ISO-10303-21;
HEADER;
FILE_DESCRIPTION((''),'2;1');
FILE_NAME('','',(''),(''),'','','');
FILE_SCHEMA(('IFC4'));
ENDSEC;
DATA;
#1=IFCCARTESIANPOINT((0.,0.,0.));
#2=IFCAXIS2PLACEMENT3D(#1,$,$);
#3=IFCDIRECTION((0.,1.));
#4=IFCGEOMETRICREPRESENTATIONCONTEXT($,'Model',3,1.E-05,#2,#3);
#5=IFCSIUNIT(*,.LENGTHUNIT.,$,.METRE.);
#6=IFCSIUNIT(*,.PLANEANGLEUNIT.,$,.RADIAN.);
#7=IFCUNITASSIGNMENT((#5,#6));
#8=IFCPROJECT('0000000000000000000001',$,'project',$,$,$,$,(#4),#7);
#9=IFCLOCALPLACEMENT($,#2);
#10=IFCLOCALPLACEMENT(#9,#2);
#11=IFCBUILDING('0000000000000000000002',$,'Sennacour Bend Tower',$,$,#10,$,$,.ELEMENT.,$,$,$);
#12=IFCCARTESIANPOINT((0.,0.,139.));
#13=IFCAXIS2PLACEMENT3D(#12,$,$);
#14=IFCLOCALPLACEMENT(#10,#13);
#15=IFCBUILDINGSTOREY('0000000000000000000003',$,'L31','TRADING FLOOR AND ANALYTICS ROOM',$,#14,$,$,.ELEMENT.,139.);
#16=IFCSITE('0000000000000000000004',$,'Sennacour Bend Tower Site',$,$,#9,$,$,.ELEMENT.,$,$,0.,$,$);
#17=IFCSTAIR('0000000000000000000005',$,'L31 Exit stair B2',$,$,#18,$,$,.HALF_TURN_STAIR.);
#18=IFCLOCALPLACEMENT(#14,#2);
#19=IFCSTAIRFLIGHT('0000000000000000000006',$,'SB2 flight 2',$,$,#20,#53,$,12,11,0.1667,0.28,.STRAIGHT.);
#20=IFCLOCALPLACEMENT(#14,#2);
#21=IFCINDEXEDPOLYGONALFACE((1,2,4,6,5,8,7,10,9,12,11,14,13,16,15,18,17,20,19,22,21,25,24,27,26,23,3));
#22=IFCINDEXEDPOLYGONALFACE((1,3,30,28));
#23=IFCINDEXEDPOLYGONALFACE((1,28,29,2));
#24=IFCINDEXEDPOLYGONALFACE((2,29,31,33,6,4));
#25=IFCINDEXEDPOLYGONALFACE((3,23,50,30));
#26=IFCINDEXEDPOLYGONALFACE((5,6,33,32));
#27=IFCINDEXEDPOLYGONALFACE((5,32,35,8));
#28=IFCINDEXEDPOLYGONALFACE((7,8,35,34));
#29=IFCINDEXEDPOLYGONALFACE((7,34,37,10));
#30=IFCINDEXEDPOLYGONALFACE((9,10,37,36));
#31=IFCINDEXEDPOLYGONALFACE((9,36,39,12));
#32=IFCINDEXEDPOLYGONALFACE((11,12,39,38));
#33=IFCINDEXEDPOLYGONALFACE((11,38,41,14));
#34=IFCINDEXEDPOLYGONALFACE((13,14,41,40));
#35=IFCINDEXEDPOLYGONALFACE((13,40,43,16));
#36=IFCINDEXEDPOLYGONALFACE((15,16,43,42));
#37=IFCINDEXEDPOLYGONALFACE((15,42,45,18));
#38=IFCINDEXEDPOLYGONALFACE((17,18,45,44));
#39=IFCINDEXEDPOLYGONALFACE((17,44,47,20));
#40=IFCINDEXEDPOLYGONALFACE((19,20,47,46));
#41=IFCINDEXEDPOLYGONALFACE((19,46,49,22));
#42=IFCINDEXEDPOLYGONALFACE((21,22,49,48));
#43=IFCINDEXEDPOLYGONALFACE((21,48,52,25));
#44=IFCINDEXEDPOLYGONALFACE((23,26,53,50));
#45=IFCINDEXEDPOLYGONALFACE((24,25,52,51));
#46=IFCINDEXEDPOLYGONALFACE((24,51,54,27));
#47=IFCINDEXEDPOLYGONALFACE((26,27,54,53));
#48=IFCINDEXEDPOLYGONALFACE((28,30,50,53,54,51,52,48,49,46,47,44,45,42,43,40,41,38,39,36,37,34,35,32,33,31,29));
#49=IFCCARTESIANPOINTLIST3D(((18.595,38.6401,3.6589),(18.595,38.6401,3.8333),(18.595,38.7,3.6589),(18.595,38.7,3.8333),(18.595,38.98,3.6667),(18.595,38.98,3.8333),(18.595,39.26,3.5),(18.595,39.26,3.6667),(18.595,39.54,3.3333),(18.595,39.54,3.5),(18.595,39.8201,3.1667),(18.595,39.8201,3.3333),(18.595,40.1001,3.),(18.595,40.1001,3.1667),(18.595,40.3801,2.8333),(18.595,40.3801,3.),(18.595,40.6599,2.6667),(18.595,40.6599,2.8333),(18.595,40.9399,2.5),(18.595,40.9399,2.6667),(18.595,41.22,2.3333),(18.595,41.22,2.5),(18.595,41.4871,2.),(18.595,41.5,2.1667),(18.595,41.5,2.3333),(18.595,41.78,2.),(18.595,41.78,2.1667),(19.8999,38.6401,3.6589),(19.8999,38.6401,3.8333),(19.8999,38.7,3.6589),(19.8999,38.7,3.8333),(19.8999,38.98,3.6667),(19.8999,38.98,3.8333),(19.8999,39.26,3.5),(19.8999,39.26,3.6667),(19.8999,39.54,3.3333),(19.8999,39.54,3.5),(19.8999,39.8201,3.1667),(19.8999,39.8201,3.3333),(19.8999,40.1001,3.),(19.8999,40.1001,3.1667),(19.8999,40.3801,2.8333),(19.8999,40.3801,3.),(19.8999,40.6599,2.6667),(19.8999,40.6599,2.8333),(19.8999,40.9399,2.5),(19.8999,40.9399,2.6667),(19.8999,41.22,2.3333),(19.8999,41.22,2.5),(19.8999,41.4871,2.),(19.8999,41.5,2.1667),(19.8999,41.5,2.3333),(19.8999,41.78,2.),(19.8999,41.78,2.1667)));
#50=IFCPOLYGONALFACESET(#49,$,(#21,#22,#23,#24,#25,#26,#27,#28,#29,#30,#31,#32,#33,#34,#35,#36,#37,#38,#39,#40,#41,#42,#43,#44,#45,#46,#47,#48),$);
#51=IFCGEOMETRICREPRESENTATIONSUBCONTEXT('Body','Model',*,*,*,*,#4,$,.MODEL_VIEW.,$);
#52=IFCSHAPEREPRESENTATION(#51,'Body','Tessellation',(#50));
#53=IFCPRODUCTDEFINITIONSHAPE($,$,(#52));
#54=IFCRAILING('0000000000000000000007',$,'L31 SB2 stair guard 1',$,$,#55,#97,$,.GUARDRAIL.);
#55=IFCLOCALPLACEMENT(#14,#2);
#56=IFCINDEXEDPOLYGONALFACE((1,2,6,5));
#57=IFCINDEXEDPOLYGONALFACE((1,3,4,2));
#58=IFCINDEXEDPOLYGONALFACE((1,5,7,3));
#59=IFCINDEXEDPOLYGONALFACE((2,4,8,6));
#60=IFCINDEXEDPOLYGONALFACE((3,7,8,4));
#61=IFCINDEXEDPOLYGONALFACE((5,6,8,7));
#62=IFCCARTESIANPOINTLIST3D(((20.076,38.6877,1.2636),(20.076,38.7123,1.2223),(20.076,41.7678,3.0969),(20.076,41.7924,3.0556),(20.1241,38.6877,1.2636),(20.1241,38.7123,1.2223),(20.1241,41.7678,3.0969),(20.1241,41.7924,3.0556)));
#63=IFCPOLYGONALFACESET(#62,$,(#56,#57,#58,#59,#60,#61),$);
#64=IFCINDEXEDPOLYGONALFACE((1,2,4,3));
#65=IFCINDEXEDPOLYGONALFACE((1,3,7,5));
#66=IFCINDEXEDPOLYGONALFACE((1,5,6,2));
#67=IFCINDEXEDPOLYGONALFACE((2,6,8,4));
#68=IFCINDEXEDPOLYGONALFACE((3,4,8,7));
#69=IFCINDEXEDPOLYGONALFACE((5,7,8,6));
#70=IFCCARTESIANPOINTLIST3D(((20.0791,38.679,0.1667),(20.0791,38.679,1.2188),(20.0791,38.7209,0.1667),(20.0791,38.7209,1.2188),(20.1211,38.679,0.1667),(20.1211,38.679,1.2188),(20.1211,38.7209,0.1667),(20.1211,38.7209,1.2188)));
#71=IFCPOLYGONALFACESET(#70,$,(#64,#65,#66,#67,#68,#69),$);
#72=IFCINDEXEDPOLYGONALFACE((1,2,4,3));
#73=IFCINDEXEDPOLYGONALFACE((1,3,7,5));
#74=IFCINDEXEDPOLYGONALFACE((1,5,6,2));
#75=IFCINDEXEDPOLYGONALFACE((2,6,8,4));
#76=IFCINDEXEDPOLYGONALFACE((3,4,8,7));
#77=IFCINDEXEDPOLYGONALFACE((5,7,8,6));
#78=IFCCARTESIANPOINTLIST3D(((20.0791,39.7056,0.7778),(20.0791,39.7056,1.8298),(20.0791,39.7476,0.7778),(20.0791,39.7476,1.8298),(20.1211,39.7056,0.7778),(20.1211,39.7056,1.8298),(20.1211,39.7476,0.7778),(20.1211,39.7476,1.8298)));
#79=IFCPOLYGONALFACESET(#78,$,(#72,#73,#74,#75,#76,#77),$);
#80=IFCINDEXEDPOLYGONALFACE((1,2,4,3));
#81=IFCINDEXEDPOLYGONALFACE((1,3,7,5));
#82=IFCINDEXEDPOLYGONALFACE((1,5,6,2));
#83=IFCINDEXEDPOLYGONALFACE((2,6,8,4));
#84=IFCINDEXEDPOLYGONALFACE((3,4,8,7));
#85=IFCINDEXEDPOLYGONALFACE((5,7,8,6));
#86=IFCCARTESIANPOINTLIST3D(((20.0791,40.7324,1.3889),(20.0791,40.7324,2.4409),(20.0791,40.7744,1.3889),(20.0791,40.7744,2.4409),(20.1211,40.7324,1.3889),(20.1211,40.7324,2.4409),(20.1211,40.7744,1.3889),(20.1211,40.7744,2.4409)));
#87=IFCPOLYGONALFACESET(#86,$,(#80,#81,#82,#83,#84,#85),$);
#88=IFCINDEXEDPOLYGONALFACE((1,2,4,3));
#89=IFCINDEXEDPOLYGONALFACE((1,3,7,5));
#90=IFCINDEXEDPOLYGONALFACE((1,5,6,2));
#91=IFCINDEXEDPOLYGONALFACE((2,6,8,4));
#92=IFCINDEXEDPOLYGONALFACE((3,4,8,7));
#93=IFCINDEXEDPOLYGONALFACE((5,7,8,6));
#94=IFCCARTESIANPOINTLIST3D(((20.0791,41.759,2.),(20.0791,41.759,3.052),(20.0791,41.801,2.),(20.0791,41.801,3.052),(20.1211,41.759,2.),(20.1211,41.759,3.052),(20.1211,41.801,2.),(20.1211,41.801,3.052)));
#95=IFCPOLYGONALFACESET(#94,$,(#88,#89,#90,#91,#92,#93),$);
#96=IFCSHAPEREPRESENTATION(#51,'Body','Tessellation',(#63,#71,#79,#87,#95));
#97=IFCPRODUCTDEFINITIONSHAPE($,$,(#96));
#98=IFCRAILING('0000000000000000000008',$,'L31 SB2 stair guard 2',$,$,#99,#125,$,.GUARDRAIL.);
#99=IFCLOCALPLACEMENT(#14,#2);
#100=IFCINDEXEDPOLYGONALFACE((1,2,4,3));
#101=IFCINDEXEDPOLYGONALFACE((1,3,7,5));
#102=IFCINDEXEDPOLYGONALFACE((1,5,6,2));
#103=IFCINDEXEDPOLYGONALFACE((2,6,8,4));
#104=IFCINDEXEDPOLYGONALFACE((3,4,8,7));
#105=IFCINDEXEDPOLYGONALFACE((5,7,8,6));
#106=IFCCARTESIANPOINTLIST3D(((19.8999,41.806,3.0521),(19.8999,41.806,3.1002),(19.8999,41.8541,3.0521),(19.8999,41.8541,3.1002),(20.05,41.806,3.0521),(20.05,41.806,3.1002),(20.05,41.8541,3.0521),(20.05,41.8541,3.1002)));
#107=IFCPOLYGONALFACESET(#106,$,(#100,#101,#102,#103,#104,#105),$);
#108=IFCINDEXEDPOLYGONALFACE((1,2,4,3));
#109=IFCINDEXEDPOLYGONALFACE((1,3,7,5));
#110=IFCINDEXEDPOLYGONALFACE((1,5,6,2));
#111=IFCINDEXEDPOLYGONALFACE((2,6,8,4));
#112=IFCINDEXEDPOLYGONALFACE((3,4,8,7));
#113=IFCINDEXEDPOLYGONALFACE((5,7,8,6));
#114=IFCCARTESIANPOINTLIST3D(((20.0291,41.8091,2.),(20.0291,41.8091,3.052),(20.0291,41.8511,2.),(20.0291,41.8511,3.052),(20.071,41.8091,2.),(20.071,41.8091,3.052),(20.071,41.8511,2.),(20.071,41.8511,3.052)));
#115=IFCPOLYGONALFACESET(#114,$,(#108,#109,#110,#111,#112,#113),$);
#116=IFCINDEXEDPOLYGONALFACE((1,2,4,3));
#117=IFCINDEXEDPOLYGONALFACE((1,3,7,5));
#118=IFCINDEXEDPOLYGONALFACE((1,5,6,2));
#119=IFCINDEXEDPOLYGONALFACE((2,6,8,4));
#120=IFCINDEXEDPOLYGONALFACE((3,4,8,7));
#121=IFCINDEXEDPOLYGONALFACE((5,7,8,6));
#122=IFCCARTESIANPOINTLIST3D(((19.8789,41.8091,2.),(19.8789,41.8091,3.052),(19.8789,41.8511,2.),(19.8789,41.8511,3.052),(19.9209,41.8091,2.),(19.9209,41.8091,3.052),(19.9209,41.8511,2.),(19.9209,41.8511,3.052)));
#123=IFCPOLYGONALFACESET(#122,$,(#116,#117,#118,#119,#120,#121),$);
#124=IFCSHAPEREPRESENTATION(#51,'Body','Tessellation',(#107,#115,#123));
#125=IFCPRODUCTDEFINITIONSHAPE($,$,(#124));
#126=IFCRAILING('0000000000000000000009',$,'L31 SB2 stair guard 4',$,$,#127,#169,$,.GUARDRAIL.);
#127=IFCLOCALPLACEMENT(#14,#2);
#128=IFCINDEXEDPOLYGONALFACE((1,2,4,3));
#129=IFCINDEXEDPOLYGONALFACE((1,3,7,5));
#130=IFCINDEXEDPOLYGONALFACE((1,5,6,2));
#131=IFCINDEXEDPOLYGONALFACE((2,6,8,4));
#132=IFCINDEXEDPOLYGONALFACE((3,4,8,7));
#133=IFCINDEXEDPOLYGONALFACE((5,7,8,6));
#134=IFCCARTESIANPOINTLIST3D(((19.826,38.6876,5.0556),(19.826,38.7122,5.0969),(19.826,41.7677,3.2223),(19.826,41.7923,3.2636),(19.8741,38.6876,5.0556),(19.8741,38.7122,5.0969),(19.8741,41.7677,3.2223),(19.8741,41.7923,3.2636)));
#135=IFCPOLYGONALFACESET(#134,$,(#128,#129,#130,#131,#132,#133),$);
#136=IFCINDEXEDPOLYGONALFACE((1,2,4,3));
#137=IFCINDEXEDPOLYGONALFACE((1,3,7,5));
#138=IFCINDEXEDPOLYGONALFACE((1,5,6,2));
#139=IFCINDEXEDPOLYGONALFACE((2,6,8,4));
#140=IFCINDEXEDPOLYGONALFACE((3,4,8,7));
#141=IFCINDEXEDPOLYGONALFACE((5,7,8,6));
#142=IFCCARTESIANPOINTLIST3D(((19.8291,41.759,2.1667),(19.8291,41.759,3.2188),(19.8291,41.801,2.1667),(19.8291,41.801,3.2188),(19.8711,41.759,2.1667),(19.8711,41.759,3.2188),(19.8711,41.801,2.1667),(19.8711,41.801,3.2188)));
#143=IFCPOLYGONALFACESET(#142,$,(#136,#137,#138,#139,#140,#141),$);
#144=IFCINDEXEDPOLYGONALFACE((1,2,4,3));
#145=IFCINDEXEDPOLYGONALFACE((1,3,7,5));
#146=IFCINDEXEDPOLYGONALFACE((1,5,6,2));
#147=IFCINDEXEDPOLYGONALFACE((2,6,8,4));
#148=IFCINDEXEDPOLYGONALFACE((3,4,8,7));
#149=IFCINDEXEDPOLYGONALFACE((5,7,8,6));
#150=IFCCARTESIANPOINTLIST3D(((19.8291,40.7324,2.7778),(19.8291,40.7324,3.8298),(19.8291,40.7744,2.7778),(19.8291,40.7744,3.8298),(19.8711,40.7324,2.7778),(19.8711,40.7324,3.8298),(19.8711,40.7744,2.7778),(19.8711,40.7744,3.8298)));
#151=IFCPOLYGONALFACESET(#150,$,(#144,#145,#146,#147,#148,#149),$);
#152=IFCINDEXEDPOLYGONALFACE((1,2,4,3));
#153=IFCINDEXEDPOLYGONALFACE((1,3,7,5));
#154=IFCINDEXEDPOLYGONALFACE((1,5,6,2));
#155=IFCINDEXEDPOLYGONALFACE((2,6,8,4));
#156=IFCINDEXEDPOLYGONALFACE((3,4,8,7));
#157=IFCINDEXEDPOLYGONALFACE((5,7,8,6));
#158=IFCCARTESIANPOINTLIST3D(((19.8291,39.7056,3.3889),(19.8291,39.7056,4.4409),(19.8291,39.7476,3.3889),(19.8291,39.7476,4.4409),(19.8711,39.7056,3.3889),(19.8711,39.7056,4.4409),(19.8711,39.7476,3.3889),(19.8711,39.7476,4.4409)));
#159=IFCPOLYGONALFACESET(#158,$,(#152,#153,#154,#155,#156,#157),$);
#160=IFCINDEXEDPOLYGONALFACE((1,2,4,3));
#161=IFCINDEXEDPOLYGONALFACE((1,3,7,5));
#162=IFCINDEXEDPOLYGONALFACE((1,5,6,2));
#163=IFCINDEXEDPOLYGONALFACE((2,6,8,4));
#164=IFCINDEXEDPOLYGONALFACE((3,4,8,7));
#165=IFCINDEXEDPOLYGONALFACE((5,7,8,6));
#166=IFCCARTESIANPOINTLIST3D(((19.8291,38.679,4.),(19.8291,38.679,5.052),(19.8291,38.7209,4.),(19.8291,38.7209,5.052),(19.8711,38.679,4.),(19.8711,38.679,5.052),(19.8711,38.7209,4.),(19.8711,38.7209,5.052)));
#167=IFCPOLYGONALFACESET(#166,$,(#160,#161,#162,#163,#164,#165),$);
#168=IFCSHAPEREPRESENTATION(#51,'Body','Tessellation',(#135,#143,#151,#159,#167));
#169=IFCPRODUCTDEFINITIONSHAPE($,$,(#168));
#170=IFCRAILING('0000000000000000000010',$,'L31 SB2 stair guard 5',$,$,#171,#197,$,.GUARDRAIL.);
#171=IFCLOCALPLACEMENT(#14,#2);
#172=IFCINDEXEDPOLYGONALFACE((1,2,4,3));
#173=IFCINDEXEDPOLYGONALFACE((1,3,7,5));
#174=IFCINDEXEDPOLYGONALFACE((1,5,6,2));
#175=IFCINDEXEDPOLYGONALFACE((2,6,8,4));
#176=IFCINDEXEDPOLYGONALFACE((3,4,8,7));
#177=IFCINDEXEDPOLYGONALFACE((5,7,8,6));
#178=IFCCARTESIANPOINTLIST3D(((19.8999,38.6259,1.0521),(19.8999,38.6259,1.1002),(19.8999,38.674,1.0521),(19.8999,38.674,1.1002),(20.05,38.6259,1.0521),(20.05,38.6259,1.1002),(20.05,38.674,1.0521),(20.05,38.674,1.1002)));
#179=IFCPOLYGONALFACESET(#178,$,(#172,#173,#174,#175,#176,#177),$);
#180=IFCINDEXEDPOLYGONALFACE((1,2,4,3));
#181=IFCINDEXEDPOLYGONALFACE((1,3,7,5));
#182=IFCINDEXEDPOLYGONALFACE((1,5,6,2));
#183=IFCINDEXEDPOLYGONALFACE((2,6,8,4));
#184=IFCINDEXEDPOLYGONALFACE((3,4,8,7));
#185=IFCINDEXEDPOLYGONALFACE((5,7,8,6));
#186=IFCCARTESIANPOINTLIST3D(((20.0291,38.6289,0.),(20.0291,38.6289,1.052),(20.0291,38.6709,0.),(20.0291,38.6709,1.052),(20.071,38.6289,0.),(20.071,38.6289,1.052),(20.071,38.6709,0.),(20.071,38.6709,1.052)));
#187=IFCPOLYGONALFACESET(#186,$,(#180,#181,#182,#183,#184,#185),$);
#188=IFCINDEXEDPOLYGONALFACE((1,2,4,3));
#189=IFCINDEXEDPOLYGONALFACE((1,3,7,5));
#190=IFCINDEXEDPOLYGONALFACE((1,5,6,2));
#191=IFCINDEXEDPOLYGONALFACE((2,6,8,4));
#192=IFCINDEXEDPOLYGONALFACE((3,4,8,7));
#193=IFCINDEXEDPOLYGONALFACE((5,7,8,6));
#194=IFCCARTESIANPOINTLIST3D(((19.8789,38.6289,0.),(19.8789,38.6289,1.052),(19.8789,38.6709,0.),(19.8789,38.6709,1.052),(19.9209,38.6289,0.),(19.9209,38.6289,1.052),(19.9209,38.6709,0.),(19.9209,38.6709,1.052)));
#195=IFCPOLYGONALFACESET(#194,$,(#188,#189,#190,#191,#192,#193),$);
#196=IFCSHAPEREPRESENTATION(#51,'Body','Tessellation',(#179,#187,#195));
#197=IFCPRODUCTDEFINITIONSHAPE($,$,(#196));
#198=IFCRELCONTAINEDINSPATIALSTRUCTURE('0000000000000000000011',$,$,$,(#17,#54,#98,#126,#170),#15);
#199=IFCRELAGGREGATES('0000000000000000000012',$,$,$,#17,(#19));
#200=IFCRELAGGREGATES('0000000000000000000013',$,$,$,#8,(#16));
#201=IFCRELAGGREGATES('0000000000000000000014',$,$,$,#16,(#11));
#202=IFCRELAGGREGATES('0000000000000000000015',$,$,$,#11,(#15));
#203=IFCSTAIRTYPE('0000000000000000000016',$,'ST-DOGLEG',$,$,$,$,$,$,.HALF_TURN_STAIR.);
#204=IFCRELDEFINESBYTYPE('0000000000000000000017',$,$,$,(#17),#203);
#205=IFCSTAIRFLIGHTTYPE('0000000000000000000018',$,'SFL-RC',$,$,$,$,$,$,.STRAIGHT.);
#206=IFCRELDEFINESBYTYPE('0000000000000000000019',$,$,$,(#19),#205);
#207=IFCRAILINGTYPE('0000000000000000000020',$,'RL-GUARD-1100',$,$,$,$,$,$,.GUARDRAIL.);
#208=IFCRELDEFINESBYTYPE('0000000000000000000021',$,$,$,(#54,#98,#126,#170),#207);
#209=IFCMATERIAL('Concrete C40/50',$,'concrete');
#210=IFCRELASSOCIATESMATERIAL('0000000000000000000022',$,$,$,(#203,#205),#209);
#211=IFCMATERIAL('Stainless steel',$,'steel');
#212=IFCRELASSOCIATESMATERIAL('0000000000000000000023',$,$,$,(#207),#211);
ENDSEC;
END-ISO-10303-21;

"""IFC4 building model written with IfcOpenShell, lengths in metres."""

from ifc_helpers import new_model, si_unit, direction, frame, origin, origin_2d, place, context, subcontext, project, spatial, polyline, rectangle, outline, extrude, material, type_object, element, aggregate, save


model = new_model("IFC4")

# Units and contexts
model_context = context("Model", 3, precision=1e-05, world=origin(), true_north=direction((0.0, 1.0)))
body_context = subcontext(model_context, "Body", "Model", "MODEL_VIEW")
ifc_project = project(units=[si_unit("LENGTHUNIT", "METRE"), si_unit("PLANEANGLEUNIT", "RADIAN")], contexts=[model_context])

# Site, building, storey
site_placement = place(None, origin())
site = spatial("IfcSite", under=ifc_project, at=site_placement, Name="Sennacour Bend Tower Site", CompositionType="ELEMENT", RefElevation=0.0)
building_placement = place(site_placement, origin())
building = spatial("IfcBuilding", under=site, at=building_placement, Name="Sennacour Bend Tower", CompositionType="ELEMENT")
storey_placement = place(building_placement, frame((0.0, 0.0, 139.0)))
storey = spatial("IfcBuildingStorey", under=building, at=storey_placement, Name="L31", Description="TRADING FLOOR AND ANALYTICS ROOM", CompositionType="ELEMENT", Elevation=139.0)

# Stair, stair flight
ifc_material_1 = material(Name="Concrete C40/50", Category="concrete")
stair_type = type_object("IfcStairType", Name="ST-DOGLEG", PredefinedType="HALF_TURN_STAIR", material=ifc_material_1)
stair_placement = place(storey_placement, origin())
stair = element("IfcStair", 1, at=stair_placement, inside=storey, type_object=stair_type, Name="L31 Exit stair B2", PredefinedType="HALF_TURN_STAIR")
stair_flight_type = type_object("IfcStairFlightType", Name="SFL-RC", PredefinedType="STRAIGHT", material=ifc_material_1)
stair_flight_1_placement = place(storey_placement, frame((19.2476, 41.78, 2.0), z_axis=(0.0, 0.0, 1.0), x_axis=(0.0, -1.0, 0.0)))
stair_flight_1 = element("IfcStairFlight", 2, at=stair_flight_1_placement, type_object=stair_flight_type, Name="SB2 flight 2", NumberOfRisers=12, NumberOfTreads=11, PredefinedType="STRAIGHT", RiserHeight=0.1667, TreadLength=0.28, context=body_context, shape_type="SweptSolid", body=[
    extrude(outline(polyline([(0.0, 0.0), (0.0, 0.1667), (0.28, 0.1667), (0.28, 0.3333), (0.5601, 0.3333), (0.5601, 0.5), (0.8401, 0.5), (0.8401, 0.6667), (1.1201, 0.6667), (1.1201, 0.8333), (1.3999, 0.8333), (1.3999, 1.0), (1.6799, 1.0), (1.6799, 1.1667), (1.96, 1.1667), (1.96, 1.3333), (2.24, 1.3333), (2.24, 1.5), (2.52, 1.5), (2.52, 1.6667), (2.8, 1.6667), (2.8, 1.8333), (3.0801, 1.8333), (3.1399, 1.8333), (3.1399, 1.6589), (3.0801, 1.6589), (0.293, 0.0), (0.0, 0.0)])), frame((0.0, 0.6523, 0.0), z_axis=(0.0, -1.0, 0.0), x_axis=(1.0, 0.0, 0.0)), (0.0, 0.0, 1.0), 1.3049),
])
aggregate(stair, [stair_flight_1])

# Railings
ifc_material_2 = material(Name="Stainless steel", Category="steel")
railing_type_1 = type_object("IfcRailingType", Name="RL-GUARD-1100", PredefinedType="GUARDRAIL", material=ifc_material_2)
railing_1_placement = place(storey_placement, frame((20.1001, 38.7, 0.1667)))
element("IfcRailing", 3, at=railing_1_placement, inside=storey, type_object=railing_type_1, Name="L31 SB2 stair guard 1", PredefinedType="GUARDRAIL", context=body_context, shape_type="SweptSolid", body=[
    extrude(rectangle(XDim=0.0481, YDim=0.0481, at=origin_2d()), frame((0.0, 0.0, 1.0762), z_axis=(0.0, 0.859309, 0.511458), x_axis=(-1.0, 0.0, 0.0)), (0.0, 0.0, 1.0), 3.5845),
    extrude(rectangle(XDim=0.042, YDim=0.042, at=origin_2d()), origin(), (0.0, 0.0, 1.0), 1.052),
    extrude(rectangle(XDim=0.042, YDim=0.042, at=origin_2d()), frame((0.0, 1.0266, 0.6111)), (0.0, 0.0, 1.0), 1.052),
    extrude(rectangle(XDim=0.042, YDim=0.042, at=origin_2d()), frame((0.0, 2.0535, 1.2222)), (0.0, 0.0, 1.0), 1.052),
    extrude(rectangle(XDim=0.042, YDim=0.042, at=origin_2d()), frame((0.0, 3.0801, 1.8333)), (0.0, 0.0, 1.0), 1.052),
])
railing_2_placement = place(storey_placement, frame((20.05, 41.8301, 2.0)))
element("IfcRailing", 4, at=railing_2_placement, inside=storey, type_object=railing_type_1, Name="L31 SB2 stair guard 2", PredefinedType="GUARDRAIL", context=body_context, shape_type="SweptSolid", body=[
    extrude(rectangle(XDim=0.0481, YDim=0.0481, at=origin_2d()), frame((0.0, 0.0, 1.0762), z_axis=(-1.0, 0.0, 0.0), x_axis=(0.0, -1.0, 0.0)), (0.0, 0.0, 1.0), 0.1501),
    extrude(rectangle(XDim=0.042, YDim=0.042, at=origin_2d()), origin(), (0.0, 0.0, 1.0), 1.052),
    extrude(rectangle(XDim=0.042, YDim=0.042, at=origin_2d()), frame((-0.1501, 0.0, 0.0)), (0.0, 0.0, 1.0), 1.052),
])
railing_3_placement = place(storey_placement, frame((19.8501, 41.78, 2.1667)))
element("IfcRailing", 5, at=railing_3_placement, inside=storey, type_object=railing_type_1, Name="L31 SB2 stair guard 4", PredefinedType="GUARDRAIL", context=body_context, shape_type="SweptSolid", body=[
    extrude(rectangle(XDim=0.0481, YDim=0.0481, at=origin_2d()), frame((0.0, 0.0, 1.0762), z_axis=(0.0, -0.859309, 0.511458), x_axis=(1.0, 0.0, 0.0)), (0.0, 0.0, 1.0), 3.5845),
    extrude(rectangle(XDim=0.042, YDim=0.042, at=origin_2d()), origin(), (0.0, 0.0, 1.0), 1.052),
    extrude(rectangle(XDim=0.042, YDim=0.042, at=origin_2d()), frame((0.0, -1.0266, 0.6111)), (0.0, 0.0, 1.0), 1.052),
    extrude(rectangle(XDim=0.042, YDim=0.042, at=origin_2d()), frame((0.0, -2.0535, 1.2222)), (0.0, 0.0, 1.0), 1.052),
    extrude(rectangle(XDim=0.042, YDim=0.042, at=origin_2d()), frame((0.0, -3.0801, 1.8333)), (0.0, 0.0, 1.0), 1.052),
])
railing_4_placement = place(storey_placement, frame((20.05, 38.6499, 0.0)))
element("IfcRailing", 6, at=railing_4_placement, inside=storey, type_object=railing_type_1, Name="L31 SB2 stair guard 5", PredefinedType="GUARDRAIL", context=body_context, shape_type="SweptSolid", body=[
    extrude(rectangle(XDim=0.0481, YDim=0.0481, at=origin_2d()), frame((0.0, 0.0, 1.0762), z_axis=(-1.0, 0.0, 0.0), x_axis=(0.0, -1.0, 0.0)), (0.0, 0.0, 1.0), 0.1501),
    extrude(rectangle(XDim=0.042, YDim=0.042, at=origin_2d()), origin(), (0.0, 0.0, 1.0), 1.052),
    extrude(rectangle(XDim=0.042, YDim=0.042, at=origin_2d()), frame((-0.1501, 0.0, 0.0)), (0.0, 0.0, 1.0), 1.052),
])

save(model, "model.ifc")
